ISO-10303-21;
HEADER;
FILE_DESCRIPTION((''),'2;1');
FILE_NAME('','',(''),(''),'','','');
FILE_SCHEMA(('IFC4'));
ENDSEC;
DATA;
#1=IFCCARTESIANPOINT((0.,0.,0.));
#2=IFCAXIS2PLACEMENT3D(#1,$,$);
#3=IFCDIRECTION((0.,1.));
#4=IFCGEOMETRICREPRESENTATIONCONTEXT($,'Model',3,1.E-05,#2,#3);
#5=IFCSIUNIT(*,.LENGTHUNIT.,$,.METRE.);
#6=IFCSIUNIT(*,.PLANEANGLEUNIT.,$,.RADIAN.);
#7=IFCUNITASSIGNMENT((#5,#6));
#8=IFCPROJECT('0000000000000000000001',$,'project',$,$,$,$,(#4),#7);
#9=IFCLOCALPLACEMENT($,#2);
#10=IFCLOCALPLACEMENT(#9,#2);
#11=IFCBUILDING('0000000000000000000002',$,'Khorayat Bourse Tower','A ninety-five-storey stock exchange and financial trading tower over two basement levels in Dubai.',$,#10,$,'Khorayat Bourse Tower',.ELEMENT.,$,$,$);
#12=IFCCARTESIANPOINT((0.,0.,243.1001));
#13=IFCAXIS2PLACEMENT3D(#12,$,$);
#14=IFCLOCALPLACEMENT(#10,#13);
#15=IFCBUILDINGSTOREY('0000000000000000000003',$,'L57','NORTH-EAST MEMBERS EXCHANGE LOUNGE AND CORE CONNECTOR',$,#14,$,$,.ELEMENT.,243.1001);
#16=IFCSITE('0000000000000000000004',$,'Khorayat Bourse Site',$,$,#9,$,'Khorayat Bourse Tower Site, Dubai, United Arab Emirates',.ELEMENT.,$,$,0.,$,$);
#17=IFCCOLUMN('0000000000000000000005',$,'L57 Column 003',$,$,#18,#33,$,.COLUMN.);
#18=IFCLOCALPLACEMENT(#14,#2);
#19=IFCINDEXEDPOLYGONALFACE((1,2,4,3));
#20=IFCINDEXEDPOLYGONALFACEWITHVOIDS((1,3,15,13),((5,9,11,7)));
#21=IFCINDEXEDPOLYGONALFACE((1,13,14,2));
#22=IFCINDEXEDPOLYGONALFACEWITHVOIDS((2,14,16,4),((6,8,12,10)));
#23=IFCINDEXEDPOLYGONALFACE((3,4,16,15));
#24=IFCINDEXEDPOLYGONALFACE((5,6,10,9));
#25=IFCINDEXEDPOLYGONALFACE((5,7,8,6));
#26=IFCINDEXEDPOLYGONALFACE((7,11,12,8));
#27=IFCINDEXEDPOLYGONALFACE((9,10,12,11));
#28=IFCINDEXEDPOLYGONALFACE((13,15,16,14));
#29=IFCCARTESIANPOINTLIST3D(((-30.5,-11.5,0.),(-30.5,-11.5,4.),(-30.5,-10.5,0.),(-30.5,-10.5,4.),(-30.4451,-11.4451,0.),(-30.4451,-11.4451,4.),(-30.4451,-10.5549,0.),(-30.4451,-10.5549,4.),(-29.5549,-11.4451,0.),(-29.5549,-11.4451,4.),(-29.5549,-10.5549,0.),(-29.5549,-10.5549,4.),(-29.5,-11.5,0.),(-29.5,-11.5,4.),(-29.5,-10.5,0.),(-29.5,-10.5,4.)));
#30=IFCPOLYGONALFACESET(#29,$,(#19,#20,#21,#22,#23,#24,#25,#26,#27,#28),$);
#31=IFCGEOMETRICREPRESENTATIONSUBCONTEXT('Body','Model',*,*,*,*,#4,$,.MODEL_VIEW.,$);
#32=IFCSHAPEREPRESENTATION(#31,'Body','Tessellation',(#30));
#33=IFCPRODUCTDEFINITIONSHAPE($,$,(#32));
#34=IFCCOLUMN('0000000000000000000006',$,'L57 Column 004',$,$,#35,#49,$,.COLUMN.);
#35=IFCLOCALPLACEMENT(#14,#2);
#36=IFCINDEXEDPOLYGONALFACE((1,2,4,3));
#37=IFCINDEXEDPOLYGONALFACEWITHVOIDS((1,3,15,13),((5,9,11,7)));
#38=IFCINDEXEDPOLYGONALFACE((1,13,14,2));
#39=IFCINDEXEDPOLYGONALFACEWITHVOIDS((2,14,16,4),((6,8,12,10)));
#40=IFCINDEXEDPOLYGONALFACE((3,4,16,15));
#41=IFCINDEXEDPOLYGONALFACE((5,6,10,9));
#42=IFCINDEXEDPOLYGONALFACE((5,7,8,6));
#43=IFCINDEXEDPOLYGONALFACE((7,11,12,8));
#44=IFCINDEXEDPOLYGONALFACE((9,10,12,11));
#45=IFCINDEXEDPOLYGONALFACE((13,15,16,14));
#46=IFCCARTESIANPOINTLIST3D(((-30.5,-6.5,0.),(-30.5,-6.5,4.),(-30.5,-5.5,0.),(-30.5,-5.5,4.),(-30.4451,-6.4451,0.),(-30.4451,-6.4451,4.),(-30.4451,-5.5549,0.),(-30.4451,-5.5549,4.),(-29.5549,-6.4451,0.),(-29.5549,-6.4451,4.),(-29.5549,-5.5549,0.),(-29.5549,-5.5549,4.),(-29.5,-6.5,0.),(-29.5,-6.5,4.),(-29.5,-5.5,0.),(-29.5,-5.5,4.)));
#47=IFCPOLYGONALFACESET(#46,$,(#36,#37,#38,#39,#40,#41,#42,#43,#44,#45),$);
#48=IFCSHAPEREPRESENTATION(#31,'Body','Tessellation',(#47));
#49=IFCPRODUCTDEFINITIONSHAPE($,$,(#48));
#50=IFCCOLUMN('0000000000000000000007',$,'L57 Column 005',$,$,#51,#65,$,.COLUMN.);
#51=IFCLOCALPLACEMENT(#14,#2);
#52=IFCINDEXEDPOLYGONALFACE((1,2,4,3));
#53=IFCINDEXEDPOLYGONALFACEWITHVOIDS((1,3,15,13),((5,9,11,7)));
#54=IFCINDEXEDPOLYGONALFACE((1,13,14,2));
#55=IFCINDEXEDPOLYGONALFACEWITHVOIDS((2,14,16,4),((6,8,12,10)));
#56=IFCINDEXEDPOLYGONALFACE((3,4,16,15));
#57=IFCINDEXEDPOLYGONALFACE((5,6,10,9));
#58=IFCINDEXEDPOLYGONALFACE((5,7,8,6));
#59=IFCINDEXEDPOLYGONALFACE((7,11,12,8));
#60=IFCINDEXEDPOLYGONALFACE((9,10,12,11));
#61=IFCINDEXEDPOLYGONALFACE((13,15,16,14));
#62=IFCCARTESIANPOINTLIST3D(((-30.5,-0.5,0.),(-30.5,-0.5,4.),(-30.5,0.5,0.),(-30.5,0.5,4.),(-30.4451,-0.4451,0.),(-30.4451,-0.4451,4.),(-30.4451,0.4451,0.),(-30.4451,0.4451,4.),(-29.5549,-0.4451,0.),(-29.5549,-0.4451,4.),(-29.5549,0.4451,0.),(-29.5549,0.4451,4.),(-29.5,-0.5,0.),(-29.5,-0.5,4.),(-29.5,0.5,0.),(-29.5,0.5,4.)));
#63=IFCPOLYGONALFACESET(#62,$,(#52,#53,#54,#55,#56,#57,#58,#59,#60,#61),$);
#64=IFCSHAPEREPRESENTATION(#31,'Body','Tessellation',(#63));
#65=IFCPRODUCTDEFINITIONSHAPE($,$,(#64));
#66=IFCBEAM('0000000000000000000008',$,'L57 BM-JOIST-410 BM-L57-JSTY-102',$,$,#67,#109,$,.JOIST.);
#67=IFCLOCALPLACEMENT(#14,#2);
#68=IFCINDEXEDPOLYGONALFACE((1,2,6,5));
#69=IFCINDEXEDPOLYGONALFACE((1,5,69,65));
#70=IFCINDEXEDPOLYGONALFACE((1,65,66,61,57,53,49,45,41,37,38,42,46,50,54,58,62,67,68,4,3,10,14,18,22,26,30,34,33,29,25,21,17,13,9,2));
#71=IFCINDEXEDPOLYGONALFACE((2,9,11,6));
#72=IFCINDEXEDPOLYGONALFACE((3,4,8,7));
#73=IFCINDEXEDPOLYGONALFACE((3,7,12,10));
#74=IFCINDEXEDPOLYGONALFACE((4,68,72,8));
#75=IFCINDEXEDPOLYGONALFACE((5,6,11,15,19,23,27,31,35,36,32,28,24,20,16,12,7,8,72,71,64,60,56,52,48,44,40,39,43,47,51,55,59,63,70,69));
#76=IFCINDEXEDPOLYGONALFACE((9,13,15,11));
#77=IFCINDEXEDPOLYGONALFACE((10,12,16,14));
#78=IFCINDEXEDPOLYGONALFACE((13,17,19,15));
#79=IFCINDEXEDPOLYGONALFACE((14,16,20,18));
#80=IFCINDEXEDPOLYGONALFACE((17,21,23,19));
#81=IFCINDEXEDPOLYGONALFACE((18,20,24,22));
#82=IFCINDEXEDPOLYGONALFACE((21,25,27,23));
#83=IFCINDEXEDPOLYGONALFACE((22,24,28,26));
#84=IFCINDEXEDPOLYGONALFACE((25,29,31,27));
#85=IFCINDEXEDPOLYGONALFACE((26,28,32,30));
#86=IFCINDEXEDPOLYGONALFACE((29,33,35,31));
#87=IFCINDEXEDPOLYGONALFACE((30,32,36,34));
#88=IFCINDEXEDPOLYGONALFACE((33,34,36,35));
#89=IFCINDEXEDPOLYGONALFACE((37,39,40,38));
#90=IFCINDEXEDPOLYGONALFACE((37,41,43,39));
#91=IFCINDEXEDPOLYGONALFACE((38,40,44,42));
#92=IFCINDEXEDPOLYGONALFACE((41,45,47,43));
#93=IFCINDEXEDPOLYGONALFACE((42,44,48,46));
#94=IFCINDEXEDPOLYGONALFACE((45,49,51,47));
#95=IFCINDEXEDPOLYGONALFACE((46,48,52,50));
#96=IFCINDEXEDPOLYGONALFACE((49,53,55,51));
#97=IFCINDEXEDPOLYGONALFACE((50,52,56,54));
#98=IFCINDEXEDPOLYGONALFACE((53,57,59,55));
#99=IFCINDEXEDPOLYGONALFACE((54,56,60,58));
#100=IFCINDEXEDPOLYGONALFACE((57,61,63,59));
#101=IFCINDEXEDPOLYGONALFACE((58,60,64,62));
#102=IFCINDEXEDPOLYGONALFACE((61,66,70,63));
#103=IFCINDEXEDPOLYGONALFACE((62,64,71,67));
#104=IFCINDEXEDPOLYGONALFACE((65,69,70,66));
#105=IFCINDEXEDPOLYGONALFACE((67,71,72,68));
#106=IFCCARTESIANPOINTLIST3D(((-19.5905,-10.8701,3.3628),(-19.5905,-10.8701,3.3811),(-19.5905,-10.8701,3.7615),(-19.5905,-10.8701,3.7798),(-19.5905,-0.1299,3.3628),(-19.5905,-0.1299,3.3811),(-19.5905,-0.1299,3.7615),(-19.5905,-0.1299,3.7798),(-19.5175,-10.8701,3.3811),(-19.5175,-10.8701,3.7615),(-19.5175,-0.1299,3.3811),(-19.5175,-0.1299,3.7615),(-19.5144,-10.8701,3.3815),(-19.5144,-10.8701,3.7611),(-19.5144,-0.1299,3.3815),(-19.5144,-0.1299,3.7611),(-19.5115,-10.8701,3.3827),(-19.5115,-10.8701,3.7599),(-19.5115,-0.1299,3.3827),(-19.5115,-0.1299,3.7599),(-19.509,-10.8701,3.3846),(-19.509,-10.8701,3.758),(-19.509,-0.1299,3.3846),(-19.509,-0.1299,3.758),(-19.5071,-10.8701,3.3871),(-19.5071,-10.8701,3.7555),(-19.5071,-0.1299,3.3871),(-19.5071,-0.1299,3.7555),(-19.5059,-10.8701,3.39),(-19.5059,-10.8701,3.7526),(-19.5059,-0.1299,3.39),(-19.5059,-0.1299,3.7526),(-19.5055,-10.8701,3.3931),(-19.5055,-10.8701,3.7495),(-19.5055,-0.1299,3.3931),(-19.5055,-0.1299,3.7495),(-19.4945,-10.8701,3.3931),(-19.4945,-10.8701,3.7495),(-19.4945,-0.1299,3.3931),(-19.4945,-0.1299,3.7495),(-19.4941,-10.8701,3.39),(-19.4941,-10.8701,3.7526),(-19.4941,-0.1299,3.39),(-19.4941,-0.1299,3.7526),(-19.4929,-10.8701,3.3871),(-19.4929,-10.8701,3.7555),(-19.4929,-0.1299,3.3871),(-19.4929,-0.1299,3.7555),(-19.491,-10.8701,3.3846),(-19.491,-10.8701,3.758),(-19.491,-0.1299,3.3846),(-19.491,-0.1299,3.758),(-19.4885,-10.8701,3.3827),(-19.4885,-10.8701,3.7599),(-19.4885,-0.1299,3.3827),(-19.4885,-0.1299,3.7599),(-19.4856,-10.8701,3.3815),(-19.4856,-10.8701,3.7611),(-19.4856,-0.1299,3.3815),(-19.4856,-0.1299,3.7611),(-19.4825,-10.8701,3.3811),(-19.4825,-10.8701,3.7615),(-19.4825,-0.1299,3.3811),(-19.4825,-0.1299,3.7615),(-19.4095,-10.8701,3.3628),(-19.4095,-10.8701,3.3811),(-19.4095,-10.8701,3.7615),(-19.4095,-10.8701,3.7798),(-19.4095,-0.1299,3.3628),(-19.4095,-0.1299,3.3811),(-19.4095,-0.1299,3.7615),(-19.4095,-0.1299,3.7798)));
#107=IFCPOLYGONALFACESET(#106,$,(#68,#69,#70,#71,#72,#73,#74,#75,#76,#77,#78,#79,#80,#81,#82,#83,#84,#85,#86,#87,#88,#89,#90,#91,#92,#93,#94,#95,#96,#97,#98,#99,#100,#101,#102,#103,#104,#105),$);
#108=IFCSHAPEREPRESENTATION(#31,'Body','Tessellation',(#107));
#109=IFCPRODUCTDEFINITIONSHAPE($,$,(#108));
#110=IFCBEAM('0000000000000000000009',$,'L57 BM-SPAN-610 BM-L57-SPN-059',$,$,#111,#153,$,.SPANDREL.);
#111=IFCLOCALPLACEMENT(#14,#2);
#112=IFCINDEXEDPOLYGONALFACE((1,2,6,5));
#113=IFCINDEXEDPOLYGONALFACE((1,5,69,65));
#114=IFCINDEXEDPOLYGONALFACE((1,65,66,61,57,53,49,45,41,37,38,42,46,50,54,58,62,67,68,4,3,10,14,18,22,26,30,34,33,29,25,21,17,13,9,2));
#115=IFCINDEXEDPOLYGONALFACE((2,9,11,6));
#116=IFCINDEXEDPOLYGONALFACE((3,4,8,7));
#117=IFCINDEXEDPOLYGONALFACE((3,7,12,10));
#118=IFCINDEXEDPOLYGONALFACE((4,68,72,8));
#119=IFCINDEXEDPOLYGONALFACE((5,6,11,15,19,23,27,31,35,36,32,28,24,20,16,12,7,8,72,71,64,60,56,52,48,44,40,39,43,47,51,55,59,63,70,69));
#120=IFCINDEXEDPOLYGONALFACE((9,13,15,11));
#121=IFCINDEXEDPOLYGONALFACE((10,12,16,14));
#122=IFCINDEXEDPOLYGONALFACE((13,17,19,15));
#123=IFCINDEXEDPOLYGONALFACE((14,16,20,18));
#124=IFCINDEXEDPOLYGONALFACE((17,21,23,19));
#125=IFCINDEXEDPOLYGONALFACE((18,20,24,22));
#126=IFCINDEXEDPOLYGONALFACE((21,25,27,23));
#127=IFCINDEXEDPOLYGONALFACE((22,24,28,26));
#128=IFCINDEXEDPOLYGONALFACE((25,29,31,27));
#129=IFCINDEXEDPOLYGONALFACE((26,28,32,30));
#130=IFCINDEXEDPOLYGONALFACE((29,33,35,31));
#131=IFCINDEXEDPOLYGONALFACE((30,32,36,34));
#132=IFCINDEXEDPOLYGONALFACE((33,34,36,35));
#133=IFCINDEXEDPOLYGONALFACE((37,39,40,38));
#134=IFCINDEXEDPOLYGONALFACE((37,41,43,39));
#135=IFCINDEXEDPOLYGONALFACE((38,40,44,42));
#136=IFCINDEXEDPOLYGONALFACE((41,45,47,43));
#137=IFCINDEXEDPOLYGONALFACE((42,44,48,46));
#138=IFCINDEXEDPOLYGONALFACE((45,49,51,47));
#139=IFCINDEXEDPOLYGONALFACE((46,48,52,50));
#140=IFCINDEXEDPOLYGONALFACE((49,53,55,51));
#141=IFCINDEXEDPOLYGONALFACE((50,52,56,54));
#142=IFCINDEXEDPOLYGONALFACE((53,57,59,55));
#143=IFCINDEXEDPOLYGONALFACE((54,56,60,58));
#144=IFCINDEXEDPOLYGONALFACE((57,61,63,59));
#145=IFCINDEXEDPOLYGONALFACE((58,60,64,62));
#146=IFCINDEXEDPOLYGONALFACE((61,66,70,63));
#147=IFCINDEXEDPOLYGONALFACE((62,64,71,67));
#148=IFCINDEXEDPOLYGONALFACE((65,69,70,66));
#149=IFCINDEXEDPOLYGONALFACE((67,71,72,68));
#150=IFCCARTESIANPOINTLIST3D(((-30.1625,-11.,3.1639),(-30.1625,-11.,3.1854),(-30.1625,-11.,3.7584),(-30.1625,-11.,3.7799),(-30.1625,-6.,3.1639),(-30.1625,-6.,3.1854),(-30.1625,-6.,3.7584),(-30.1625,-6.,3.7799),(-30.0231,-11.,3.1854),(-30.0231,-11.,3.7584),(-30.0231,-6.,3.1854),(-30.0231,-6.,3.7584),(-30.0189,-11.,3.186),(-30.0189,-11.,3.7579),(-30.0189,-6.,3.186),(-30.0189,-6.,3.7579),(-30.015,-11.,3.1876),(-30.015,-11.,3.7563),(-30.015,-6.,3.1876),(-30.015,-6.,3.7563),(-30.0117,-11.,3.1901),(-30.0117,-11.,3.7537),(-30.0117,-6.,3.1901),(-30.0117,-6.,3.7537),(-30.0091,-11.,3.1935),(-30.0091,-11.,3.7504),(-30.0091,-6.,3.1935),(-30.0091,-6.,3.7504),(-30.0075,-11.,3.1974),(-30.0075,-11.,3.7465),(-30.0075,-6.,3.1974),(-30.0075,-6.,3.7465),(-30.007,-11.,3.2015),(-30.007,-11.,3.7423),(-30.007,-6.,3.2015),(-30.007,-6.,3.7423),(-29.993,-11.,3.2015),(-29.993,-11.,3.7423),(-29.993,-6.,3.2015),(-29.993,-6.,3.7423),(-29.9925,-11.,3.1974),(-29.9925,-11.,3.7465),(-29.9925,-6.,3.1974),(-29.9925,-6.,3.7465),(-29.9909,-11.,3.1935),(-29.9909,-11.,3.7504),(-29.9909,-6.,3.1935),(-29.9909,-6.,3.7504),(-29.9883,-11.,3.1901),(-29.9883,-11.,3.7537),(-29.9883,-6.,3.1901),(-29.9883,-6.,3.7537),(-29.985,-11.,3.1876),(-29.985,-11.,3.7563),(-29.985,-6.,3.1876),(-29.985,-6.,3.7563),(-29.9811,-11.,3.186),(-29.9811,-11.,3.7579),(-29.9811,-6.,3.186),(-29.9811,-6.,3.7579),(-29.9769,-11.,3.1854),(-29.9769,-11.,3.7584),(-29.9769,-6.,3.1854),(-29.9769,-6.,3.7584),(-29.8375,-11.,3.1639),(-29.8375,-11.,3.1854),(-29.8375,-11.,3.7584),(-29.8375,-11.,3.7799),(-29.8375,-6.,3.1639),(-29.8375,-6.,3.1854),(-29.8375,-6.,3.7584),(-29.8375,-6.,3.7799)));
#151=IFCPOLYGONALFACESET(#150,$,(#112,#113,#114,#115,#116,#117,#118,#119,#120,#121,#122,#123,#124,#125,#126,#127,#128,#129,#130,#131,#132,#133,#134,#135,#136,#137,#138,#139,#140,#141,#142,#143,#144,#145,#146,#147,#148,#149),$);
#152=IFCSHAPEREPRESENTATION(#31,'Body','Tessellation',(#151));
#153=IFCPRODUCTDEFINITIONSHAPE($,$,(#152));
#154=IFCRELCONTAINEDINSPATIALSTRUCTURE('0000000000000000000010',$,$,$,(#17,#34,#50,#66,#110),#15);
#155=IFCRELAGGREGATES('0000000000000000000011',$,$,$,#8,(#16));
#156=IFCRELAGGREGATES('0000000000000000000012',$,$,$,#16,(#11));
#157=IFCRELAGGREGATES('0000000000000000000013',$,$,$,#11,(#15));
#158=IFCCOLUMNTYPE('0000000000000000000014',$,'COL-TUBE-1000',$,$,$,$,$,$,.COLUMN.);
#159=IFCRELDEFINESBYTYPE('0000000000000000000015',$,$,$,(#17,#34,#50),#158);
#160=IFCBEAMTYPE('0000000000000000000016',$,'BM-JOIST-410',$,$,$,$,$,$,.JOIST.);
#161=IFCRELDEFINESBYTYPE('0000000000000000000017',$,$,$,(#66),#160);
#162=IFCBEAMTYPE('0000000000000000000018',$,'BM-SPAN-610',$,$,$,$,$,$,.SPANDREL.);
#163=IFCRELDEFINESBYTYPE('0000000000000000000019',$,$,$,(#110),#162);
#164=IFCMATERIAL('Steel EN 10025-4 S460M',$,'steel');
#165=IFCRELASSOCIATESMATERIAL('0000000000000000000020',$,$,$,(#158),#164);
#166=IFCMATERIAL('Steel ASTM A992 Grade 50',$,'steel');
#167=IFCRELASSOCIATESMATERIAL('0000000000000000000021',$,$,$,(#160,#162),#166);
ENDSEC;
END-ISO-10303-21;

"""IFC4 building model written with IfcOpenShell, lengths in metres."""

from ifc_helpers import new_model, si_unit, direction, frame, origin, origin_2d, place, context, subcontext, project, spatial, hollow_rectangle, i_section, extrude, source, transform, mapped, material, material_profile, profile_set, type_object, element, save


model = new_model("IFC4")

# Units and contexts
model_context = context("Model", 3, precision=1e-05, world=origin(), true_north=direction((0.0, 1.0)))
body_context = subcontext(model_context, "Body", "Model", "MODEL_VIEW")
ifc_project = project(units=[si_unit("LENGTHUNIT", "METRE"), si_unit("PLANEANGLEUNIT", "RADIAN")], contexts=[model_context])

# Site, building, storey
site_placement = place(None, origin())
site = spatial("IfcSite", under=ifc_project, at=site_placement, Name="Khorayat Bourse Site", LongName="Khorayat Bourse Tower Site, Dubai, United Arab Emirates", CompositionType="ELEMENT", RefElevation=0.0)
building_placement = place(site_placement, origin())
building = spatial("IfcBuilding", under=site, at=building_placement, Name="Khorayat Bourse Tower", Description="A ninety-five-storey stock exchange and financial trading tower over two basement levels in Dubai.", LongName="Khorayat Bourse Tower", CompositionType="ELEMENT")
storey_placement = place(building_placement, frame((0.0, 0.0, 243.1001)))
storey = spatial("IfcBuildingStorey", under=building, at=storey_placement, Name="L57", Description="NORTH-EAST MEMBERS EXCHANGE LOUNGE AND CORE CONNECTOR", CompositionType="ELEMENT", Elevation=243.1001)

# Columns
ifc_material_1 = material(Name="Steel EN 10025-4 S460M", Category="steel")
ifc_material_profile_1 = material_profile(ifc_material_1, hollow_rectangle(XDim=1.0, YDim=1.0, WallThickness=0.0549, at=origin_2d()), Name="BOX 1000x1000x55")
ifc_profile_set_1 = profile_set([ifc_material_profile_1], Name="Steel EN 10025-4 S460M")
column_type = type_object("IfcColumnType", Name="COL-TUBE-1000", PredefinedType="COLUMN", material=ifc_profile_set_1)
shared_shape_1 = source(origin(), body_context, "Body", "SweptSolid", [
    extrude(hollow_rectangle(XDim=1.0, YDim=1.0, WallThickness=0.0549, at=origin_2d()), origin(), (0.0, 0.0, 1.0), 4.0),
])
for number, where, z_axis, x_axis, name in (
    (1, (-30.0, -11.0, 0.0), (0.0, 0.0, 1.0), (1.0, 0.0, 0.0), "L57 Column 003"),
    (2, (-30.0, -6.0, 0.0), (0.0, 0.0, 1.0), (1.0, 0.0, 0.0), "L57 Column 004"),
    (3, (-30.0, 0.0, 0.0), (0.0, 0.0, 1.0), (1.0, 0.0, 0.0), "L57 Column 005"),
):
    element("IfcColumn", number, at=place(storey_placement, frame(where, z_axis=z_axis, x_axis=x_axis)), inside=storey, type_object=column_type, Name=name, PredefinedType="COLUMN", context=body_context, shape_type="MappedRepresentation", body=[
        mapped(shared_shape_1, transform((0.0, 0.0, 0.0), scale=1.0)),
    ])

# Beams
ifc_material_2 = material(Name="Steel ASTM A992 Grade 50", Category="steel")
ifc_material_profile_2 = material_profile(ifc_material_2, i_section(OverallWidth=0.1809, OverallDepth=0.417, WebThickness=0.011, FlangeThickness=0.0183, FilletRadius=0.012, at=origin_2d()), Name="W410X85")
ifc_profile_set_2 = profile_set([ifc_material_profile_2], Name="Steel ASTM A992 Grade 50")
beam_type_1 = type_object("IfcBeamType", Name="BM-JOIST-410", PredefinedType="JOIST", material=ifc_profile_set_2)
shared_shape_2 = source(origin(), body_context, "Body", "SweptSolid", [
    extrude(i_section(OverallWidth=0.1809, OverallDepth=0.417, WebThickness=0.011, FlangeThickness=0.0183, FilletRadius=0.012, at=origin_2d()), origin(), (0.0, 0.0, 1.0), 10.7402),
])
beam_1_placement = place(storey_placement, frame((-19.5, -10.8701, 3.5713), z_axis=(0.0, 1.0, 0.0), x_axis=(-1.0, 0.0, 0.0)))
element("IfcBeam", 4, at=beam_1_placement, inside=storey, type_object=beam_type_1, Name="L57 BM-JOIST-410 BM-L57-JSTY-102", PredefinedType="JOIST", context=body_context, shape_type="MappedRepresentation", body=[
    mapped(shared_shape_2, transform((0.0, 0.0, 0.0), scale=1.0)),
])
ifc_material_profile_3 = material_profile(ifc_material_2, i_section(OverallWidth=0.325, OverallDepth=0.616, WebThickness=0.0139, FlangeThickness=0.0215, FilletRadius=0.0161, at=origin_2d()), Name="W610X174")
ifc_profile_set_3 = profile_set([ifc_material_profile_3], Name="Steel ASTM A992 Grade 50")
beam_type_2 = type_object("IfcBeamType", Name="BM-SPAN-610", PredefinedType="SPANDREL", material=ifc_profile_set_3)
shared_shape_3 = source(origin(), body_context, "Body", "SweptSolid", [
    extrude(i_section(OverallWidth=0.325, OverallDepth=0.616, WebThickness=0.0139, FlangeThickness=0.0215, FilletRadius=0.0161, at=origin_2d()), origin(), (0.0, 0.0, 1.0), 5.0),
])
beam_2_placement = place(storey_placement, frame((-30.0, -11.0, 3.4719), z_axis=(0.0, 1.0, 0.0), x_axis=(-1.0, 0.0, 0.0)))
element("IfcBeam", 5, at=beam_2_placement, inside=storey, type_object=beam_type_2, Name="L57 BM-SPAN-610 BM-L57-SPN-059", PredefinedType="SPANDREL", context=body_context, shape_type="MappedRepresentation", body=[
    mapped(shared_shape_3, transform((0.0, 0.0, 0.0), scale=1.0)),
])

save(model, "model.ifc")
